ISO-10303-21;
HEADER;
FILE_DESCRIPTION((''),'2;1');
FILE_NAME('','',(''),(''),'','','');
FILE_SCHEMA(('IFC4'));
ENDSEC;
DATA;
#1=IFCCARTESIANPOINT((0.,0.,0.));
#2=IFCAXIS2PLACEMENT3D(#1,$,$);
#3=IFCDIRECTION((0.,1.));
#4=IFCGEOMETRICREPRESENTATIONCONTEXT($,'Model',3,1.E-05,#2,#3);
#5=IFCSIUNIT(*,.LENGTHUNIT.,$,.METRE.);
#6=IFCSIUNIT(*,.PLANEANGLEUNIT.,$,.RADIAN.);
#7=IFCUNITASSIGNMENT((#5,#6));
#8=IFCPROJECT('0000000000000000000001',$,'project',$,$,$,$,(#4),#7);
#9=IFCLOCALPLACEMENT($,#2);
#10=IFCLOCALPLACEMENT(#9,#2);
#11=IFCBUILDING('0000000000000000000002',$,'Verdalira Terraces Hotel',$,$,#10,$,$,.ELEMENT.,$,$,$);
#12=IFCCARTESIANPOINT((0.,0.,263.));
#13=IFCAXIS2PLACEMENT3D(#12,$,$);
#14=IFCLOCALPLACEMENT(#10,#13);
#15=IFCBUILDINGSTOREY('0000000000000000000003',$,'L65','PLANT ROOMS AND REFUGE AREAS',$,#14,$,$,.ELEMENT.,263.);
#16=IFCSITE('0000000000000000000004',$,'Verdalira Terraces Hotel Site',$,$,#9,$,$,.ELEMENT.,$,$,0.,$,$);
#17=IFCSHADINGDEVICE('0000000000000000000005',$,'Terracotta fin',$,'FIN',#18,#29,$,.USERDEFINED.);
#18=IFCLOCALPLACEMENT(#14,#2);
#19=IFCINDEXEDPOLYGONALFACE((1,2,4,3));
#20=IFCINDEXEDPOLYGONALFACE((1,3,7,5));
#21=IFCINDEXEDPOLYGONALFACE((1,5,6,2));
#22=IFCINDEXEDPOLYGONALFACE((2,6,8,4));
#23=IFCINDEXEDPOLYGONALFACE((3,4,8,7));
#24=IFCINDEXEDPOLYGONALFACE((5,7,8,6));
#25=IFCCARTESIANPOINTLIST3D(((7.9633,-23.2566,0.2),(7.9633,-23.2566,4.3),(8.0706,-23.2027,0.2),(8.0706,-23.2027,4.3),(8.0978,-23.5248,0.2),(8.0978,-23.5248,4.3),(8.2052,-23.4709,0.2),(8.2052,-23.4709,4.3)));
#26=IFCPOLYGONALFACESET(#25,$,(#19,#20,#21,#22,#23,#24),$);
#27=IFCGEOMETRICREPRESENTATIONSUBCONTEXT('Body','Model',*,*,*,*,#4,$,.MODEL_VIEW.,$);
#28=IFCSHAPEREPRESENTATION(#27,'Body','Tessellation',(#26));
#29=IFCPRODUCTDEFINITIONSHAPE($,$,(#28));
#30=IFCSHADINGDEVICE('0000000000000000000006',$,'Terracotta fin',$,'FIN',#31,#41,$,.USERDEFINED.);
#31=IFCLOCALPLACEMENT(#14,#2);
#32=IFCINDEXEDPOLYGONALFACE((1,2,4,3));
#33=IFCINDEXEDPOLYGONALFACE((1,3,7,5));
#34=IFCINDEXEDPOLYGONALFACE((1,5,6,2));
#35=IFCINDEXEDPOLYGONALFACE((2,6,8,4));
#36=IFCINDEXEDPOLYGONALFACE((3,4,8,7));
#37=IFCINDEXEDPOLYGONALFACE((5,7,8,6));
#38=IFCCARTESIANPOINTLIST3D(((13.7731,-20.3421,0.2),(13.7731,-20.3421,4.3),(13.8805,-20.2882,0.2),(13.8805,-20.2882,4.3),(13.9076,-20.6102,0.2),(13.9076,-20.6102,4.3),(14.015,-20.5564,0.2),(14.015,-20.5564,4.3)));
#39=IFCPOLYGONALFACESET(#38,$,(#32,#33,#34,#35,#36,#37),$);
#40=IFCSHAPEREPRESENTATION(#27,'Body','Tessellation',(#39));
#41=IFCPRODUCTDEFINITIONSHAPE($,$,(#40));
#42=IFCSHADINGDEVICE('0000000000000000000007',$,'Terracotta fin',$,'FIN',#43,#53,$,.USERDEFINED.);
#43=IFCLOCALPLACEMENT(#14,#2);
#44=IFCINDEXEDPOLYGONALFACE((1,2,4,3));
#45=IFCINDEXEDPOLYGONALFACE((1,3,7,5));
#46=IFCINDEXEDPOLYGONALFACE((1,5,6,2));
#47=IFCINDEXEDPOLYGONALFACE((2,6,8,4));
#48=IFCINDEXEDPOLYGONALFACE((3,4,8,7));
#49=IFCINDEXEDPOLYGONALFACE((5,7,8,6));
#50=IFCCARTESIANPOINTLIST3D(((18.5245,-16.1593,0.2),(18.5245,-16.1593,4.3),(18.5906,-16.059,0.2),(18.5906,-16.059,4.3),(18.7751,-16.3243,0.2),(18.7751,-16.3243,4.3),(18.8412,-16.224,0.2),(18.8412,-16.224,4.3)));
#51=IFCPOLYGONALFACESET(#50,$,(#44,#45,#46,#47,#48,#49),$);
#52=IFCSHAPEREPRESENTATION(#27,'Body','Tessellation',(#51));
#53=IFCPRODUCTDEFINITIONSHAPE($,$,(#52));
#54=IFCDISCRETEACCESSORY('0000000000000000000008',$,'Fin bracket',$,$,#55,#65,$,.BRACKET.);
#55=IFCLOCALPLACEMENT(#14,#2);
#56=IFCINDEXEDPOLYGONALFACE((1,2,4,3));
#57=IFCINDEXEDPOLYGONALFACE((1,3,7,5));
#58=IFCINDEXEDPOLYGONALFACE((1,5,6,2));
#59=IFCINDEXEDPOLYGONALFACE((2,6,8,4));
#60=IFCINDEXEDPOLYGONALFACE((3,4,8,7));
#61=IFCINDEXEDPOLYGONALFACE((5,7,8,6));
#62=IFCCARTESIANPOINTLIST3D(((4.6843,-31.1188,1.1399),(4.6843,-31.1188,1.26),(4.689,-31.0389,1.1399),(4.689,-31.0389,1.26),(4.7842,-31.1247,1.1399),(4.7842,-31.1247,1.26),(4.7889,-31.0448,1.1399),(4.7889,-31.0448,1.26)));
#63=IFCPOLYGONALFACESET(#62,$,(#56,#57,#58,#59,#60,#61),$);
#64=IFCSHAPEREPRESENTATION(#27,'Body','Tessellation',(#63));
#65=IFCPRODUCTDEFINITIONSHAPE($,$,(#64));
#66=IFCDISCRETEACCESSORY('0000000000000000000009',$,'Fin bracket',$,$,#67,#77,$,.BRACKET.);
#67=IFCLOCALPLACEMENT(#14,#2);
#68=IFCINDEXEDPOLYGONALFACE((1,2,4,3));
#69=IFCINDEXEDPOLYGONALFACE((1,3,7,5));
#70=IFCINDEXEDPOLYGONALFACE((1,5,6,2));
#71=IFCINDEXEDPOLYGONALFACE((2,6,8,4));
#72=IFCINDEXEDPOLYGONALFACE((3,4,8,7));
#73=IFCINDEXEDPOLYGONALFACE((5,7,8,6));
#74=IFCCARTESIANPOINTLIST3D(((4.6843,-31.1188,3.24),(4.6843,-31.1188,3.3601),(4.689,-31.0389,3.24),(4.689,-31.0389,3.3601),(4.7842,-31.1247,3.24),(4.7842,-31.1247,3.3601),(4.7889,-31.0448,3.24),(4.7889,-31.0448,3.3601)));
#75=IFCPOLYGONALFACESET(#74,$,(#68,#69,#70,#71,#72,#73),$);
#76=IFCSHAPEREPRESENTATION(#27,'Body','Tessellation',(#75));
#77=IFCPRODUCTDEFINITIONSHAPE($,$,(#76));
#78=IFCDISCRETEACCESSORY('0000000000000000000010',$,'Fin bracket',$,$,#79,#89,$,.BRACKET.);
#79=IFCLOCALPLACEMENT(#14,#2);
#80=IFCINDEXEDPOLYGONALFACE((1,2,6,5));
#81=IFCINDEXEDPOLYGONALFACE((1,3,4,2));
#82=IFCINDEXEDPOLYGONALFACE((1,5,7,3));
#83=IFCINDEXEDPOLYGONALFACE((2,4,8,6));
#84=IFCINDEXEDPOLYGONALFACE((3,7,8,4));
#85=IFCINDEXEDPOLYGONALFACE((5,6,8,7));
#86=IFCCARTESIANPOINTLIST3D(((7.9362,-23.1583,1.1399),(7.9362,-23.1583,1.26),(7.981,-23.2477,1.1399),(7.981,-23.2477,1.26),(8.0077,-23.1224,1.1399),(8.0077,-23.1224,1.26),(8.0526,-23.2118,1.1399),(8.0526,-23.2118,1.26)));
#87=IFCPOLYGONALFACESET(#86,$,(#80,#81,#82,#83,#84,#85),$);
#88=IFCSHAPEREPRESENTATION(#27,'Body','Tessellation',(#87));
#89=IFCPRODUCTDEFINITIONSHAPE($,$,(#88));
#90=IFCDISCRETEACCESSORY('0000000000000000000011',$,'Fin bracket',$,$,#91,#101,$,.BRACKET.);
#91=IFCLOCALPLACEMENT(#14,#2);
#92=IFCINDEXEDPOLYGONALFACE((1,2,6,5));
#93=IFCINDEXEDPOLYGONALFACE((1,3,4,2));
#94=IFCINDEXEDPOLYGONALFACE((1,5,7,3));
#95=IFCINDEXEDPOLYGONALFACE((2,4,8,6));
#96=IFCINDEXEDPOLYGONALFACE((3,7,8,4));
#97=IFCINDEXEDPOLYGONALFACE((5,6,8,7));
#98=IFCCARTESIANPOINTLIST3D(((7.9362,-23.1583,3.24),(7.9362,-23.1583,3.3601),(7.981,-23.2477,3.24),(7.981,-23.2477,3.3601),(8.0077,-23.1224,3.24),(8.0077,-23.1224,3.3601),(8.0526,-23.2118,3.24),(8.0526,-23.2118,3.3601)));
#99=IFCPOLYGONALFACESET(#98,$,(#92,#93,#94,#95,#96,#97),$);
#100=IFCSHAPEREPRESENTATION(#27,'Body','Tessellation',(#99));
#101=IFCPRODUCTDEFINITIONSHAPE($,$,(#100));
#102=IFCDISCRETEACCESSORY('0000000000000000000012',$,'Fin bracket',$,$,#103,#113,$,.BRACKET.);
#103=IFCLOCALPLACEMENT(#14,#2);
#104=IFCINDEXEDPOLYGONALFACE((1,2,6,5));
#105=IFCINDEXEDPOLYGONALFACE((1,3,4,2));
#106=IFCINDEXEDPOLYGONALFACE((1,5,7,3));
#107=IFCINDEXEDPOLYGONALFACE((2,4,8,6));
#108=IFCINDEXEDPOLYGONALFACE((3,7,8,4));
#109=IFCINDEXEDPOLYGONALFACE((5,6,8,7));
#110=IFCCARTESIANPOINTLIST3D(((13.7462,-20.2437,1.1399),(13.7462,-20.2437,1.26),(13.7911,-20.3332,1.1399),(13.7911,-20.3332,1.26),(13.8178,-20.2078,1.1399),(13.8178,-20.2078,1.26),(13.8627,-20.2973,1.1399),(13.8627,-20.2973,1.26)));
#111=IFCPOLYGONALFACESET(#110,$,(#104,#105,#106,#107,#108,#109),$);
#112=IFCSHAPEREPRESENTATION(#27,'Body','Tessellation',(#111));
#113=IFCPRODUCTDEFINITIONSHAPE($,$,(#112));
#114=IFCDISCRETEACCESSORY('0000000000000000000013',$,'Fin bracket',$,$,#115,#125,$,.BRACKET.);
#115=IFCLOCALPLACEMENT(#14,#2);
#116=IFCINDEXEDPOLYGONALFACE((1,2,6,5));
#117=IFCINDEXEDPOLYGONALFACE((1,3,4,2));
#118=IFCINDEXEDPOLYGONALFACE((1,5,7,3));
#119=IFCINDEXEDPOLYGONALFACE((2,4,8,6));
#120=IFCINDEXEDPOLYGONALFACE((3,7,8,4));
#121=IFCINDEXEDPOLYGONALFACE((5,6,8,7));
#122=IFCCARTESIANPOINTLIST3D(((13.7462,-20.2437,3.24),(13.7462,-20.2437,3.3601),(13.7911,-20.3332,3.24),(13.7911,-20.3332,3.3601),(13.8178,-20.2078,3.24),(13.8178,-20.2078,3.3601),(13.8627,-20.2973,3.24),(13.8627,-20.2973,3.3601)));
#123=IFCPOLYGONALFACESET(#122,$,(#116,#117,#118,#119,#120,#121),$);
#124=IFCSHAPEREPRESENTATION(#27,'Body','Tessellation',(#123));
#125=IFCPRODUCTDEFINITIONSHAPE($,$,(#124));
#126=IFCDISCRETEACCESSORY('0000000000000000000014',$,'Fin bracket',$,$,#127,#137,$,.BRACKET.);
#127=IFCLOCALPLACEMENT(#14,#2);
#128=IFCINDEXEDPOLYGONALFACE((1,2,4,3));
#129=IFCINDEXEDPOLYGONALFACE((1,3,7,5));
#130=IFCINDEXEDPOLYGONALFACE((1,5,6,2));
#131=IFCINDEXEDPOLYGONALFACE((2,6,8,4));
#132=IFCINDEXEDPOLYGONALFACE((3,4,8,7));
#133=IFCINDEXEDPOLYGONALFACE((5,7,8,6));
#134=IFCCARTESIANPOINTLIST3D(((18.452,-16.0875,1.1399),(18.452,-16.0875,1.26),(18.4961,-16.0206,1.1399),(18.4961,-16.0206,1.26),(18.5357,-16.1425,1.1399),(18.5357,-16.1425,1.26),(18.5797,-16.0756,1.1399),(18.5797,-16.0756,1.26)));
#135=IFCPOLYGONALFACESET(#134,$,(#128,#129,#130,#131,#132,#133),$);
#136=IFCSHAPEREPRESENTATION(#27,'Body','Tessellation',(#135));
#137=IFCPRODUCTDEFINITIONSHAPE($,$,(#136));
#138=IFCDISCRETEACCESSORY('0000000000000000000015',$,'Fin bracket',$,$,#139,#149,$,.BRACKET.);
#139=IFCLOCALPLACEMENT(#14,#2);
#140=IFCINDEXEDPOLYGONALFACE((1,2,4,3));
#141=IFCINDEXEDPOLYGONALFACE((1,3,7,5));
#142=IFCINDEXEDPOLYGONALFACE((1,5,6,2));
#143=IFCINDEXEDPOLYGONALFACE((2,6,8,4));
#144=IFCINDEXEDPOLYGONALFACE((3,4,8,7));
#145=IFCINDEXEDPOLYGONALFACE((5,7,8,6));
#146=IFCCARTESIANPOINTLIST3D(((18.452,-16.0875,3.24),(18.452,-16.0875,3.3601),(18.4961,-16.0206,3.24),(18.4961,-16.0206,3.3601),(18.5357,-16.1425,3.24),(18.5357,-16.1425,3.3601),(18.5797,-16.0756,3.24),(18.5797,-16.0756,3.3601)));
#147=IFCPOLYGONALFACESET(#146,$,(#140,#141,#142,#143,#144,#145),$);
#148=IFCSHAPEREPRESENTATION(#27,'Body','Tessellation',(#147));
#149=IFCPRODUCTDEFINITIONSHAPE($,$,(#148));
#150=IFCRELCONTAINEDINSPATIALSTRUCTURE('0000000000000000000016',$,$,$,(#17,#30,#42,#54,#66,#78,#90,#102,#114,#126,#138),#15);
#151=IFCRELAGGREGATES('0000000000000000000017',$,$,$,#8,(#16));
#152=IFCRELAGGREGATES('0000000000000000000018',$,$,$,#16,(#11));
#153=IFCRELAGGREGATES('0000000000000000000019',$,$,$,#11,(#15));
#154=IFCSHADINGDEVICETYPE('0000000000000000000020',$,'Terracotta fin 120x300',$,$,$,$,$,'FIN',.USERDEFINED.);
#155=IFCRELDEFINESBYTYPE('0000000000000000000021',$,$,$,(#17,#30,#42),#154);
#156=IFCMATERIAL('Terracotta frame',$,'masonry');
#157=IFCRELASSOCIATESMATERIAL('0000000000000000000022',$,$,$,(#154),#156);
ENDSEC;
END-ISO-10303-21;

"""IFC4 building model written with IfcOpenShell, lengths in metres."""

from ifc_helpers import new_model, si_unit, direction, frame, origin, origin_2d, place, context, subcontext, project, spatial, rectangle, extrude, material, material_profile, profile_set, type_object, element, save


model = new_model("IFC4")

# Units and contexts
model_context = context("Model", 3, precision=1e-05, world=origin(), true_north=direction((0.0, 1.0)))
body_context = subcontext(model_context, "Body", "Model", "MODEL_VIEW")
ifc_project = project(units=[si_unit("LENGTHUNIT", "METRE"), si_unit("PLANEANGLEUNIT", "RADIAN")], contexts=[model_context])

# Site, building, storey
site_placement = place(None, origin())
site = spatial("IfcSite", under=ifc_project, at=site_placement, Name="Verdalira Terraces Hotel Site", CompositionType="ELEMENT", RefElevation=0.0)
building_placement = place(site_placement, origin())
building = spatial("IfcBuilding", under=site, at=building_placement, Name="Verdalira Terraces Hotel", CompositionType="ELEMENT")
storey_placement = place(building_placement, frame((0.0, 0.0, 263.0)))
storey = spatial("IfcBuildingStorey", under=building, at=storey_placement, Name="L65", Description="PLANT ROOMS AND REFUGE AREAS", CompositionType="ELEMENT", Elevation=263.0)

# Shading devices
ifc_material_1 = material(Name="Terracotta frame", Category="masonry")
ifc_material_profile_1 = material_profile(ifc_material_1, rectangle(XDim=0.1201, YDim=0.3, at=origin_2d()), Name="FIN 120x300")
ifc_profile_set_1 = profile_set([ifc_material_profile_1], Name="Terracotta frame")
shading_device_type = type_object("IfcShadingDeviceType", Name="Terracotta fin 120x300", ElementType="FIN", PredefinedType="USERDEFINED", material=ifc_profile_set_1)
for number, where, z_axis, x_axis, name in (
    (1, (8.0842, -23.3638, 0.2), (0.0, 0.0, 1.0), (0.893841, 0.448383, 0.0), "Terracotta fin"),
    (2, (13.894, -20.4492, 0.2), (0.0, 0.0, 1.0), (0.893841, 0.448383, 0.0), "Terracotta fin"),
    (3, (18.6829, -16.1916, 0.2), (0.0, 0.0, 1.0), (0.549898, 0.835232, 0.0), "Terracotta fin"),
):
    element("IfcShadingDevice", number, at=place(storey_placement, frame(where, z_axis=z_axis, x_axis=x_axis)), inside=storey, type_object=shading_device_type, Name=name, ObjectType="FIN", PredefinedType="USERDEFINED", context=body_context, shape_type="SweptSolid", body=[
        extrude(rectangle(XDim=0.1201, YDim=0.3, at=origin_2d()), origin(), (0.0, 0.0, 1.0), 4.1001),
    ])

# Discrete accessories
for number, where, z_axis, x_axis, name in (
    (4, (4.7366, -31.0818, 1.1399), (0.0, 0.0, 1.0), (0.058609, 0.998281, 0.0), "Fin bracket"),
    (5, (4.7366, -31.0818, 3.24), (0.0, 0.0, 1.0), (0.058609, 0.998281, 0.0), "Fin bracket"),
    (6, (7.9944, -23.1851, 1.1399), (0.0, 0.0, 1.0), (0.893841, 0.448383, 0.0), "Fin bracket"),
    (7, (7.9944, -23.1851, 3.24), (0.0, 0.0, 1.0), (0.893841, 0.448383, 0.0), "Fin bracket"),
    (8, (13.8044, -20.2705, 1.1399), (0.0, 0.0, 1.0), (0.893841, 0.448383, 0.0), "Fin bracket"),
    (9, (13.8044, -20.2705, 3.24), (0.0, 0.0, 1.0), (0.893841, 0.448383, 0.0), "Fin bracket"),
    (10, (18.5159, -16.0815, 1.1399), (0.0, 0.0, 1.0), (0.549898, 0.835232, 0.0), "Fin bracket"),
    (11, (18.5159, -16.0815, 3.24), (0.0, 0.0, 1.0), (0.549898, 0.835232, 0.0), "Fin bracket"),
):
    element("IfcDiscreteAccessory", number, at=place(storey_placement, frame(where, z_axis=z_axis, x_axis=x_axis)), inside=storey, Name=name, PredefinedType="BRACKET", context=body_context, shape_type="SweptSolid", body=[
        extrude(rectangle(XDim=0.0801, YDim=0.1001, at=origin_2d()), origin(), (0.0, 0.0, 1.0), 0.1201),
    ])

save(model, "model.ifc")
